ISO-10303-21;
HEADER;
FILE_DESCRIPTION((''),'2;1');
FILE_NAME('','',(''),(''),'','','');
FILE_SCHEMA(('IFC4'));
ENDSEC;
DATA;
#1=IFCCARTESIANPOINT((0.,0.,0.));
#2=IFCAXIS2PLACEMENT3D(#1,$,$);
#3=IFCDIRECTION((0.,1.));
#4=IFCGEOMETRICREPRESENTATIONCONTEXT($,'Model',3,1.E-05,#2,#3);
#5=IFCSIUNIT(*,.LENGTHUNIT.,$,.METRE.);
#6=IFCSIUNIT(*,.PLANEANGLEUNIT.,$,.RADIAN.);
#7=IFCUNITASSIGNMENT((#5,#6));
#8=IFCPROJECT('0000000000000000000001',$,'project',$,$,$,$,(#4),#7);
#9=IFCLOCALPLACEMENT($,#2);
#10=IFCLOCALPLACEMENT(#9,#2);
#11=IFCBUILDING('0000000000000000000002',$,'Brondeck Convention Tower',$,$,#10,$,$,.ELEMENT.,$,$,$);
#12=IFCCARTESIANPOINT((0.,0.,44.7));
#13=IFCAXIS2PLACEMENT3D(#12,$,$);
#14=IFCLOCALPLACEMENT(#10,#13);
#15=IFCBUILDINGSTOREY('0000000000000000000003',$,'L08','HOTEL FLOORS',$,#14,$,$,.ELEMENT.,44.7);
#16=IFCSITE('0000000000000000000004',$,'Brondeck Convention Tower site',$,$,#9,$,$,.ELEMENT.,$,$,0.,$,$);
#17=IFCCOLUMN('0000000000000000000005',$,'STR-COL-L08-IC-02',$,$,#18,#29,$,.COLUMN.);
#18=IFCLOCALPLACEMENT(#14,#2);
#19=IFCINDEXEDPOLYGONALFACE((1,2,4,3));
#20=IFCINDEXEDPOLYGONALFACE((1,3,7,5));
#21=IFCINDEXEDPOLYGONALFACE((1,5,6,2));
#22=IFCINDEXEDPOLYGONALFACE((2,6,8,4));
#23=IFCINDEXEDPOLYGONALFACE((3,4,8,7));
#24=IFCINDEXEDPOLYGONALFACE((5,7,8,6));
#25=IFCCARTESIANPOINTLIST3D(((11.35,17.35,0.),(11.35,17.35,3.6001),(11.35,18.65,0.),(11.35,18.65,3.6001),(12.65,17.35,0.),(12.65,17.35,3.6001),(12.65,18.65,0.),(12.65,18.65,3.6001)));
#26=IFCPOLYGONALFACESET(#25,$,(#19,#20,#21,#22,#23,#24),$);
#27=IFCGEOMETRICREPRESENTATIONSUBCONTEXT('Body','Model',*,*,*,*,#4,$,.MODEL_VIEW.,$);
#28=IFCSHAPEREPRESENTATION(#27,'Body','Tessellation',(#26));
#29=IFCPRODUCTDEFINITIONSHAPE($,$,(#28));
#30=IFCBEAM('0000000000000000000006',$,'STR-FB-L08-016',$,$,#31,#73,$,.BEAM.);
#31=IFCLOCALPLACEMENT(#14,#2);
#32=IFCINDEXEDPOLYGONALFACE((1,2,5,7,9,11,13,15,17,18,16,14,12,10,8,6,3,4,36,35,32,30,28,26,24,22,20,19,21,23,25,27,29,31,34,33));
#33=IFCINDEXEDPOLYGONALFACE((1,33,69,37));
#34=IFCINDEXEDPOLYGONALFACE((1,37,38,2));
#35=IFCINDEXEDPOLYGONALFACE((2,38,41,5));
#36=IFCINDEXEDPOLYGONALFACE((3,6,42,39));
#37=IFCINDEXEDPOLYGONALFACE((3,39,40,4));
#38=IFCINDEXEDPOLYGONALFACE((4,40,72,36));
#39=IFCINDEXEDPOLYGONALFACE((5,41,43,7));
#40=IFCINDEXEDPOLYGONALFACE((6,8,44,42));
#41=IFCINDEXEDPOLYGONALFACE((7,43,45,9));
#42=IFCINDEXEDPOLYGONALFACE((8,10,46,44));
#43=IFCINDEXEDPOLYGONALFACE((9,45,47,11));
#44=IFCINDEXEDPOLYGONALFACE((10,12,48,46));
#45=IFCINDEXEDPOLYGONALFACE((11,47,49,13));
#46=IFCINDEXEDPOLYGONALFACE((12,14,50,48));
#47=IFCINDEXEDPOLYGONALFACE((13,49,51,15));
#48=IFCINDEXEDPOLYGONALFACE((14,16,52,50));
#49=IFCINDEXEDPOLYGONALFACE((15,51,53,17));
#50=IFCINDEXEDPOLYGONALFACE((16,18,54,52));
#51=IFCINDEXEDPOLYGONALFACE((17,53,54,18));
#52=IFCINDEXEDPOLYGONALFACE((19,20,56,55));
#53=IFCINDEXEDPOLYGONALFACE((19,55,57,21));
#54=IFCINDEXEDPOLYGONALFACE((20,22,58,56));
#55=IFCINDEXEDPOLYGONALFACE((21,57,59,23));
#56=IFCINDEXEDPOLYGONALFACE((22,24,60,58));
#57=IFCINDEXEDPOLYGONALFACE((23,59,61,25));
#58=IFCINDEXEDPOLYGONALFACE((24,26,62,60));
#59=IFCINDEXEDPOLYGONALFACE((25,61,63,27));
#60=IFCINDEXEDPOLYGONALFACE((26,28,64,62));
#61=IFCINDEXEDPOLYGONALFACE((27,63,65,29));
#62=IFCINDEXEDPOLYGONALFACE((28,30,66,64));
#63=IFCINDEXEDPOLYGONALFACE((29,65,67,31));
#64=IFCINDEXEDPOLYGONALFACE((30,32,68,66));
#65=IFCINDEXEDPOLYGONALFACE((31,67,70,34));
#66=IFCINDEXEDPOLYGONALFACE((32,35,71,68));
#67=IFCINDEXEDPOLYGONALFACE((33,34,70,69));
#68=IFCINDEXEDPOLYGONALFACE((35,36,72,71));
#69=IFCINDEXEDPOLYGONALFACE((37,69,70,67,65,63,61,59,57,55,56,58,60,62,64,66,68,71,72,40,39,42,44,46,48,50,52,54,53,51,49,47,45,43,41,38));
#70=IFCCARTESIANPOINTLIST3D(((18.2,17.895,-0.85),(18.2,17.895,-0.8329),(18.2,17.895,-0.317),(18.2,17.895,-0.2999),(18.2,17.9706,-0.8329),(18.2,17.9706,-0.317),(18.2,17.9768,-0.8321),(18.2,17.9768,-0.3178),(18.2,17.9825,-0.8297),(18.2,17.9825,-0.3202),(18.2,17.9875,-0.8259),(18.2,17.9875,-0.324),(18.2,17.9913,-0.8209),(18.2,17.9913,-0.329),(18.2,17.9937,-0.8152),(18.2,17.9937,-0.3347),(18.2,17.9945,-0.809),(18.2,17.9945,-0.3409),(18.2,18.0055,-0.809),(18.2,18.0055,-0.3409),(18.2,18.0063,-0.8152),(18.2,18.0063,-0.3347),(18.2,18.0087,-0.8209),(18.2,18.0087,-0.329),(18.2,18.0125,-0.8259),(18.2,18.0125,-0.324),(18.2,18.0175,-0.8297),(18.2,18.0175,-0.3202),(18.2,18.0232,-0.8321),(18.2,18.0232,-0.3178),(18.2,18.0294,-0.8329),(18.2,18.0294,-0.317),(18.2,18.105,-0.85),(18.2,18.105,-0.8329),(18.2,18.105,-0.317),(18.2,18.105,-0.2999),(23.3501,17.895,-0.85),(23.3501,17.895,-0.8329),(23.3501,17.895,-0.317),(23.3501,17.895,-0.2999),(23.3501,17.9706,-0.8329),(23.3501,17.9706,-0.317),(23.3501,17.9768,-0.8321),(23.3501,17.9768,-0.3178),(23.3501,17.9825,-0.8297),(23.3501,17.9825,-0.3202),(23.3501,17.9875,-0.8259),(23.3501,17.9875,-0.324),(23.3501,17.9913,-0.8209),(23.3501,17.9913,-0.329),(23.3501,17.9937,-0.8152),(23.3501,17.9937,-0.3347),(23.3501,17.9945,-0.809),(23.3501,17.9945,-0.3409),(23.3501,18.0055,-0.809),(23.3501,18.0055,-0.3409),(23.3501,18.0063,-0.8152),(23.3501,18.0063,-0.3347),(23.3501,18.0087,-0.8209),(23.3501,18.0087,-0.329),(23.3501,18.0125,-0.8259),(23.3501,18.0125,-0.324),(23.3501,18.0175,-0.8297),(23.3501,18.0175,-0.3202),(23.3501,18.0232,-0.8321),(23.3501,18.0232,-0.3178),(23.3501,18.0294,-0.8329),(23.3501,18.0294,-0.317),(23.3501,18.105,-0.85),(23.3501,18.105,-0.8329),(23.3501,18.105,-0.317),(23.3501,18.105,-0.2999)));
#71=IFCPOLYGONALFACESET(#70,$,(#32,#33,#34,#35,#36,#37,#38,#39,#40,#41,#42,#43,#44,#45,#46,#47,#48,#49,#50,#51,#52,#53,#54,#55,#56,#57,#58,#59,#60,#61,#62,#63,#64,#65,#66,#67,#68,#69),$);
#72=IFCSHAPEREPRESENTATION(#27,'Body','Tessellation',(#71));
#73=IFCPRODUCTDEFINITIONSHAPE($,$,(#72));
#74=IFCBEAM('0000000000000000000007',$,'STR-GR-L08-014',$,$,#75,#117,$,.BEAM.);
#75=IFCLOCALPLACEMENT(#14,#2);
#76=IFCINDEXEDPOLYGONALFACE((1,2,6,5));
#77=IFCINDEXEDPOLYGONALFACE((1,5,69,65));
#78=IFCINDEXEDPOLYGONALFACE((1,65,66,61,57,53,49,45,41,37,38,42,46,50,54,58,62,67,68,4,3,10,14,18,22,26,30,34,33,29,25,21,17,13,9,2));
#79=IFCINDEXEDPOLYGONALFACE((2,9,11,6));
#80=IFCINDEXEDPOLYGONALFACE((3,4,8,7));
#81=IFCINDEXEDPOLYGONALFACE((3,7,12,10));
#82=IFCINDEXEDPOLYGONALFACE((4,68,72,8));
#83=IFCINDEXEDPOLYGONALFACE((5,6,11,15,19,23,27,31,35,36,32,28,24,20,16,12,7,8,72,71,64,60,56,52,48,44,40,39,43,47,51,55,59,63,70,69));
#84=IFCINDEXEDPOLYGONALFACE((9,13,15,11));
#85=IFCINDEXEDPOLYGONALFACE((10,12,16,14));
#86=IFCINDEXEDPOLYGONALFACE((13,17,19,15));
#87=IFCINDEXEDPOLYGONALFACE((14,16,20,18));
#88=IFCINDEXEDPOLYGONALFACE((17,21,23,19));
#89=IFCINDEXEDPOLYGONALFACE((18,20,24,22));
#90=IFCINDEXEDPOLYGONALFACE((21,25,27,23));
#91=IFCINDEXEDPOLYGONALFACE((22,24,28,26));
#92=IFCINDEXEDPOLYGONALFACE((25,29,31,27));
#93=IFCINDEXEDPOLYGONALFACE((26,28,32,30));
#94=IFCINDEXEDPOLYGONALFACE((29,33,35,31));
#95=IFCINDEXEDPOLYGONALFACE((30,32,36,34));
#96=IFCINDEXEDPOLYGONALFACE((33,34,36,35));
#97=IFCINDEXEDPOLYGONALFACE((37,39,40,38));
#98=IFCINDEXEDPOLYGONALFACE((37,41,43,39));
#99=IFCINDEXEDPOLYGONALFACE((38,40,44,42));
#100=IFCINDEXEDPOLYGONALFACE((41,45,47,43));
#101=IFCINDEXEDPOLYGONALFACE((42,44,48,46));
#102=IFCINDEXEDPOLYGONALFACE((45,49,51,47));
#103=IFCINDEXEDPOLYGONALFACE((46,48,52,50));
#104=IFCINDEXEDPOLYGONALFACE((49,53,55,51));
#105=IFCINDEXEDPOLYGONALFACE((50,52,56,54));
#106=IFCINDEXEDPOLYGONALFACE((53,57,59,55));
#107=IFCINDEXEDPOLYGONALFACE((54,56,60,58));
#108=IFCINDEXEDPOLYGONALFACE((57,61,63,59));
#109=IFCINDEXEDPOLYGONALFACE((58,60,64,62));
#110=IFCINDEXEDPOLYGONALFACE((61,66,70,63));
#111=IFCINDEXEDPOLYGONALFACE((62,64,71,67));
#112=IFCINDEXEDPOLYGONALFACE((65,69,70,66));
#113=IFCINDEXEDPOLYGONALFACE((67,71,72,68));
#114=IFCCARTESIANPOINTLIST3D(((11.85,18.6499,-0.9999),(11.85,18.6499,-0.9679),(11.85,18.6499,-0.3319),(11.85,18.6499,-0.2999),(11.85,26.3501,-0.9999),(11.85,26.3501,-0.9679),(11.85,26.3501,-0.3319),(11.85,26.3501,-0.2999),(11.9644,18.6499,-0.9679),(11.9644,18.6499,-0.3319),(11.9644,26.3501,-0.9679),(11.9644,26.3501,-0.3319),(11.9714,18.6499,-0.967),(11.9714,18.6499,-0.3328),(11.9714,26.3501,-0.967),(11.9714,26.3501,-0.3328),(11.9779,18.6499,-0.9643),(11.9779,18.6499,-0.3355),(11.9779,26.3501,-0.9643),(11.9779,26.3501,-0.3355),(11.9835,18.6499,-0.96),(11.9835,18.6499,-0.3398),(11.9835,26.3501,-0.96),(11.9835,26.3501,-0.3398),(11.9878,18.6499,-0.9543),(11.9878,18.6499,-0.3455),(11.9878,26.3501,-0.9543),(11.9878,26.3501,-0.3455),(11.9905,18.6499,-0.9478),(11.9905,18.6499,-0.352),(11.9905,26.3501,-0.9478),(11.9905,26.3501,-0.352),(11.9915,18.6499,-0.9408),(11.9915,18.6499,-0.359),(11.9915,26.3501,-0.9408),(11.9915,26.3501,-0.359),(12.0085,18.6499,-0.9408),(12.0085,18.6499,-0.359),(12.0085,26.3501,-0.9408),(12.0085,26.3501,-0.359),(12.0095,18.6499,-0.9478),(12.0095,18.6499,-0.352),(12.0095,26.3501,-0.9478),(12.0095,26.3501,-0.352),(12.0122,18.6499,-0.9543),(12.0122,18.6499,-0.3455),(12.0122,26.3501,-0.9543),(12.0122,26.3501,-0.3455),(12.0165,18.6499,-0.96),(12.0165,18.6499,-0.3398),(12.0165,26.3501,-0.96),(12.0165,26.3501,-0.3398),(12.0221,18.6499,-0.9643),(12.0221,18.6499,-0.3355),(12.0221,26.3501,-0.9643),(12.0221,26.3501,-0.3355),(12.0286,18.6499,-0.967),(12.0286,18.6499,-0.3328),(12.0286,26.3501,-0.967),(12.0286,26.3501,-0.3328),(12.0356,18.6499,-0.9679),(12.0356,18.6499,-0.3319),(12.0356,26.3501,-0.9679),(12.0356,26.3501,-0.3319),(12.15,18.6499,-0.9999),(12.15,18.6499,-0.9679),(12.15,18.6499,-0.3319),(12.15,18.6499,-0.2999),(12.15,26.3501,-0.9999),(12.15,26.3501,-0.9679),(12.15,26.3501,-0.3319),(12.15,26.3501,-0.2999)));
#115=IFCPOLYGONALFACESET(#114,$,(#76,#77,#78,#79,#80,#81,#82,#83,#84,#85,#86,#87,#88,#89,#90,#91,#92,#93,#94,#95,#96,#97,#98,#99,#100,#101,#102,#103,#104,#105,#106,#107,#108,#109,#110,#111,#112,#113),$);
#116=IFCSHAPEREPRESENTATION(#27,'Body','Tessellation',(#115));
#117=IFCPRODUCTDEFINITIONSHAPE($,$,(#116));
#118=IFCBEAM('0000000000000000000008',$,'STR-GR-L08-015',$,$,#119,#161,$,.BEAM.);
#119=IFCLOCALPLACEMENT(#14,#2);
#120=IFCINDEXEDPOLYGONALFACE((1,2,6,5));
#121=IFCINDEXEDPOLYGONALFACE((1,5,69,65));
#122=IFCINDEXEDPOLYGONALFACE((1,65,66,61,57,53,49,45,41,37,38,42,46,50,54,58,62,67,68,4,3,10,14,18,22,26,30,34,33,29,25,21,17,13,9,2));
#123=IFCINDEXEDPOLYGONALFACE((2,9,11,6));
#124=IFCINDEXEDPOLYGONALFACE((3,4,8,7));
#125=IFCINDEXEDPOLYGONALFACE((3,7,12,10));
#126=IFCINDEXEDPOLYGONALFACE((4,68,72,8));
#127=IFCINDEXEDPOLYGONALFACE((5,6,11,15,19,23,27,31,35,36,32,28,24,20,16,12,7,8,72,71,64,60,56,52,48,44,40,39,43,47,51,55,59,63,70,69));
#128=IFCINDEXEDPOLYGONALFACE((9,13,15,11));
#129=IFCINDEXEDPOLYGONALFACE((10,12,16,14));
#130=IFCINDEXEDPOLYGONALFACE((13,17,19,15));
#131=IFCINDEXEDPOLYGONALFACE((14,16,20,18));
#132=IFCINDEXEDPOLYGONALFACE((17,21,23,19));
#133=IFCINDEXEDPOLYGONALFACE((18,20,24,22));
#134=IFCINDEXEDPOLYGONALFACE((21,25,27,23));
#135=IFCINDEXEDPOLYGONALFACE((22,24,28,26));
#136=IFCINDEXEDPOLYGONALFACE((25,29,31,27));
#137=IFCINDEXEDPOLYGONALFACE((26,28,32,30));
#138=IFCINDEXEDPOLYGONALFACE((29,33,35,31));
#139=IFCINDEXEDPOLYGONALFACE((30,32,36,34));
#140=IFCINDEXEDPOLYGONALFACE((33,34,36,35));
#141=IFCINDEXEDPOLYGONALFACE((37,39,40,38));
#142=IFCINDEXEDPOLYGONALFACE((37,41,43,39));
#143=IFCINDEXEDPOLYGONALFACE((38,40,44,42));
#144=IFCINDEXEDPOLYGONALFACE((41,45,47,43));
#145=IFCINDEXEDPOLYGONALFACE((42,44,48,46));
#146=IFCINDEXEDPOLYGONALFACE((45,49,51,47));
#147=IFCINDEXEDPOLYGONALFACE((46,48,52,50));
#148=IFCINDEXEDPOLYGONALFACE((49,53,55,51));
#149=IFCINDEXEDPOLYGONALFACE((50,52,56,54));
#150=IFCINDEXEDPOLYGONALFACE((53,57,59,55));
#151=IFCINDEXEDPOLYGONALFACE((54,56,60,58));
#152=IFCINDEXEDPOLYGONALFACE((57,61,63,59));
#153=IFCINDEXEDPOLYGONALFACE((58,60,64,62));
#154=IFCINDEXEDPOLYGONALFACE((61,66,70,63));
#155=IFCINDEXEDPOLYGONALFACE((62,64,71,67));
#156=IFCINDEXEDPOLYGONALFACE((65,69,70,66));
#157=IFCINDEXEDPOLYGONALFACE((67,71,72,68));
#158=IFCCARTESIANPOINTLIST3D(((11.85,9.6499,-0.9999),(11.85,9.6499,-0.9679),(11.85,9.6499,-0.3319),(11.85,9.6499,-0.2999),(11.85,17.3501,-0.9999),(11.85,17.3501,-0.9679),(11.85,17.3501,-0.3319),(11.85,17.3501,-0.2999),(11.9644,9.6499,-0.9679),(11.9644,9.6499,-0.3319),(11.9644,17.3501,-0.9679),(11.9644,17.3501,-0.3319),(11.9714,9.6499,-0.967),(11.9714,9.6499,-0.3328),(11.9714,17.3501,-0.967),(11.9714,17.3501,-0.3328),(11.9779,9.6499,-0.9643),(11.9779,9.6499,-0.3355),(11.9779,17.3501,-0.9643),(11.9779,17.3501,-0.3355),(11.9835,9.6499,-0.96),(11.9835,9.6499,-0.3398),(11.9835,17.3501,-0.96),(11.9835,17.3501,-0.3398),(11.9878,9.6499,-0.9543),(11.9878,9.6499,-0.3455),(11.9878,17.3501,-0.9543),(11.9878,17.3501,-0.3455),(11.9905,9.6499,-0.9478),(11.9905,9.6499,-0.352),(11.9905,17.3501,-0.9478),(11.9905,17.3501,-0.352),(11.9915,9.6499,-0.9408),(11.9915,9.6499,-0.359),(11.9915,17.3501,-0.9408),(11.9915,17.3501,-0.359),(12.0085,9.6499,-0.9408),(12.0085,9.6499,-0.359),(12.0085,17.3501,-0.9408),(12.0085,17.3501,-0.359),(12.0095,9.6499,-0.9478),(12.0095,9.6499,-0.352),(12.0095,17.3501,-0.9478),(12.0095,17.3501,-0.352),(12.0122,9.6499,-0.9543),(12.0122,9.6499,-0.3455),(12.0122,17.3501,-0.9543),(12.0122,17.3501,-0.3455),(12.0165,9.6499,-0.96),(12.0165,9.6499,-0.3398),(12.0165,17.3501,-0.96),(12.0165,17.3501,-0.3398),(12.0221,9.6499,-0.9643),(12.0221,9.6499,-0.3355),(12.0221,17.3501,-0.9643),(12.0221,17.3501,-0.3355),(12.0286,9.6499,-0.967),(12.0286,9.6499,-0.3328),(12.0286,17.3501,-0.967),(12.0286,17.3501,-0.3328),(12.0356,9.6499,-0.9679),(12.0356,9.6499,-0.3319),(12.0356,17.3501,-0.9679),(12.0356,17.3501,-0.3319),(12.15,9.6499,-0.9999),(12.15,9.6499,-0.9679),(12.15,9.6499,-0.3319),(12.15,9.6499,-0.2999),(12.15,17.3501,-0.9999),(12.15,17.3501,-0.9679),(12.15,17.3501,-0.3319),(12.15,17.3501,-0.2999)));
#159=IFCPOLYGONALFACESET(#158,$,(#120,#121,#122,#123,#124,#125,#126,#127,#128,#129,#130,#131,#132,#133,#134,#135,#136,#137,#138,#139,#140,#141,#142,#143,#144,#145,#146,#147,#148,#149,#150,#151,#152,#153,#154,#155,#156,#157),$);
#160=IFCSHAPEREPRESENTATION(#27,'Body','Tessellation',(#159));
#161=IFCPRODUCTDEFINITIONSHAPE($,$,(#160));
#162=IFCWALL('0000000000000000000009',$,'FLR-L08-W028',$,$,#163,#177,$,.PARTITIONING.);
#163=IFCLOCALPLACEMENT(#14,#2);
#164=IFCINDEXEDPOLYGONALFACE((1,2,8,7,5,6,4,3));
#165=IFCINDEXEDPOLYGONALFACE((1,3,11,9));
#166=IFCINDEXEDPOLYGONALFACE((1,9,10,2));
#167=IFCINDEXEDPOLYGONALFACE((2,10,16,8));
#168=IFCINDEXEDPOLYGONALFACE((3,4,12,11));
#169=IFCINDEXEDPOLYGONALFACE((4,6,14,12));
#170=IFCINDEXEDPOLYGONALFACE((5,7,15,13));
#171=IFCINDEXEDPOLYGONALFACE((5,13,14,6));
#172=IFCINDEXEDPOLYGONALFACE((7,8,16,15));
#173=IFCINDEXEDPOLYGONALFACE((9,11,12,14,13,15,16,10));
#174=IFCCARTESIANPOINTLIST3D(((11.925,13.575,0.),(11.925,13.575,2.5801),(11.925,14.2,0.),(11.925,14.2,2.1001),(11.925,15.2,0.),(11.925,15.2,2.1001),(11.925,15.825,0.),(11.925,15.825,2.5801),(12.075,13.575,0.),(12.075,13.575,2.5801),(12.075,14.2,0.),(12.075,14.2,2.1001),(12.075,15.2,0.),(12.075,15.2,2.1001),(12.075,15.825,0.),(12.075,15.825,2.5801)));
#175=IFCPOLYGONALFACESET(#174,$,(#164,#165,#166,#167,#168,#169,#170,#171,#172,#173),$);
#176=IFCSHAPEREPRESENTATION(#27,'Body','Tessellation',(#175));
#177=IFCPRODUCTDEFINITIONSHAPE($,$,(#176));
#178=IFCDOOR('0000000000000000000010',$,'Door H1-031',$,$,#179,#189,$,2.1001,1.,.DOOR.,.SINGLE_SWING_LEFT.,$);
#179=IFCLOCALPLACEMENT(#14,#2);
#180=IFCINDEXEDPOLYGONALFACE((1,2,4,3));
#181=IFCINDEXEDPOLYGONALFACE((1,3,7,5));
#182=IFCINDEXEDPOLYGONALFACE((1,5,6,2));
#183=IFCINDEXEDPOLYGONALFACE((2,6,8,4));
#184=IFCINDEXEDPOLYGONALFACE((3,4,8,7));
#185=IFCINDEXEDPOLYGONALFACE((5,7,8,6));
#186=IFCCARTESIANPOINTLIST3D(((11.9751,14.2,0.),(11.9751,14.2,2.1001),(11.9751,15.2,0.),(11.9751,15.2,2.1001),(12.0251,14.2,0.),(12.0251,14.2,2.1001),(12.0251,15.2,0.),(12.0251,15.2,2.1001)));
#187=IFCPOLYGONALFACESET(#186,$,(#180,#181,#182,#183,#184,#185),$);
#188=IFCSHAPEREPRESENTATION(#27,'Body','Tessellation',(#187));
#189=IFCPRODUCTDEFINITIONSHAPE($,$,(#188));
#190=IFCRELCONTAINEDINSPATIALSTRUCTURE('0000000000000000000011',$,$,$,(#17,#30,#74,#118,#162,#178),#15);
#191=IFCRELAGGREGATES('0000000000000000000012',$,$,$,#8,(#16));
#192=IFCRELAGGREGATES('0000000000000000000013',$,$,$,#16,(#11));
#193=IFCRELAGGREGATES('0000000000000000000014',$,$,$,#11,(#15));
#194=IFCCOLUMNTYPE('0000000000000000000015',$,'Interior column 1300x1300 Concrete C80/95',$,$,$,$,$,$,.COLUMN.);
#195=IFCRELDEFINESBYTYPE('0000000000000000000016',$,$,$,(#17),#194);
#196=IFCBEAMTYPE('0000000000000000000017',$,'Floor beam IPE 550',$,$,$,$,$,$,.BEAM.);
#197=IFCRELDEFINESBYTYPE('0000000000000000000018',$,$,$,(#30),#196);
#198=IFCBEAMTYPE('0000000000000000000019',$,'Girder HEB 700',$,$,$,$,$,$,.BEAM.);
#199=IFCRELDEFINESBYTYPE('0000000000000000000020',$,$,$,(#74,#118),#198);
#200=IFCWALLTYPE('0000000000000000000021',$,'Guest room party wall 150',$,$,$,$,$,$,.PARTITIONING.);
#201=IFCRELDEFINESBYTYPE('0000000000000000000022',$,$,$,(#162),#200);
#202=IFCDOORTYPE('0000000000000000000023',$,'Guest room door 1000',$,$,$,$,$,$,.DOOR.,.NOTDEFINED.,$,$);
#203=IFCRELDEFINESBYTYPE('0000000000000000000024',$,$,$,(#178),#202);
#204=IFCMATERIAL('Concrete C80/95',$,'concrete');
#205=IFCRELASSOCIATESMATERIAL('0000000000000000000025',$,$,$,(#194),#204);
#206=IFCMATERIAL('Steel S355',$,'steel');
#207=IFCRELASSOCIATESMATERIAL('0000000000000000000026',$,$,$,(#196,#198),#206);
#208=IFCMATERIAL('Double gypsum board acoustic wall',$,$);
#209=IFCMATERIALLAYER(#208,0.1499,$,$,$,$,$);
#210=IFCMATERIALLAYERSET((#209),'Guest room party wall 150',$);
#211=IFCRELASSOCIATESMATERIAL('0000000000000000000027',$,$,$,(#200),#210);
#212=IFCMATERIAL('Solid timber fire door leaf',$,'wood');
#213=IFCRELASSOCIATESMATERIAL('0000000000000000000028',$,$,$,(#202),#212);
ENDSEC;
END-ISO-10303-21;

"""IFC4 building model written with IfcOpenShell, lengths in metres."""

from ifc_helpers import new_model, si_unit, direction, frame, frame_2d, origin, origin_2d, place, context, subcontext, project, spatial, rectangle, i_section, extrude, material, layer, layer_set, material_profile, profile_set, type_object, element, fill, save


model = new_model("IFC4")

# Units and contexts
model_context = context("Model", 3, precision=1e-05, world=origin(), true_north=direction((0.0, 1.0)))
body_context = subcontext(model_context, "Body", "Model", "MODEL_VIEW")
ifc_project = project(units=[si_unit("LENGTHUNIT", "METRE"), si_unit("PLANEANGLEUNIT", "RADIAN")], contexts=[model_context])

# Site, building, storey
site_placement = place(None, origin())
site = spatial("IfcSite", under=ifc_project, at=site_placement, Name="Brondeck Convention Tower site", CompositionType="ELEMENT", RefElevation=0.0)
building_placement = place(site_placement, origin())
building = spatial("IfcBuilding", under=site, at=building_placement, Name="Brondeck Convention Tower", CompositionType="ELEMENT")
storey_placement = place(building_placement, frame((0.0, 0.0, 44.7)))
storey = spatial("IfcBuildingStorey", under=building, at=storey_placement, Name="L08", Description="HOTEL FLOORS", CompositionType="ELEMENT", Elevation=44.7)

# Column
ifc_material_1 = material(Name="Concrete C80/95", Category="concrete")
ifc_material_profile_1 = material_profile(ifc_material_1, rectangle(XDim=1.3, YDim=1.3, at=origin_2d()), Name="Interior column 1300x1300 Concrete C80/95")
ifc_profile_set_1 = profile_set([ifc_material_profile_1], Name="Concrete C80/95")
column_type = type_object("IfcColumnType", Name="Interior column 1300x1300 Concrete C80/95", PredefinedType="COLUMN", material=ifc_profile_set_1)
column_placement = place(storey_placement, frame((12.0, 18.0, 0.0), z_axis=(0.0, 0.0, 1.0), x_axis=(1.0, 0.0, 0.0)))
element("IfcColumn", 1, at=column_placement, inside=storey, type_object=column_type, Name="STR-COL-L08-IC-02", PredefinedType="COLUMN", context=body_context, shape_type="SweptSolid", body=[
    extrude(rectangle(XDim=1.3, YDim=1.3, at=origin_2d()), origin(), (0.0, 0.0, 1.0), 3.6001),
])

# Beams
ifc_material_2 = material(Name="Steel S355", Category="steel")
ifc_material_profile_2 = material_profile(ifc_material_2, i_section(OverallWidth=0.21, OverallDepth=0.55, WebThickness=0.011, FlangeThickness=0.0171, FilletRadius=0.0239, at=origin_2d()), Name="IPE 550")
ifc_profile_set_2 = profile_set([ifc_material_profile_2], Name="Steel S355")
beam_type_1 = type_object("IfcBeamType", Name="Floor beam IPE 550", PredefinedType="BEAM", material=ifc_profile_set_2)
beam_placement = place(storey_placement, frame((18.2, 18.0, -0.575), z_axis=(1.0, 0.0, 0.0), x_axis=(0.0, 1.0, 0.0)))
element("IfcBeam", 2, at=beam_placement, inside=storey, type_object=beam_type_1, Name="STR-FB-L08-016", PredefinedType="BEAM", context=body_context, shape_type="SweptSolid", body=[
    extrude(i_section(OverallWidth=0.21, OverallDepth=0.55, WebThickness=0.011, FlangeThickness=0.0171, FilletRadius=0.0239, at=origin_2d()), origin(), (0.0, 0.0, 1.0), 5.1501),
])
ifc_material_profile_3 = material_profile(ifc_material_2, i_section(OverallWidth=0.3, OverallDepth=0.7, WebThickness=0.0171, FlangeThickness=0.032, FilletRadius=0.0271, at=origin_2d()), Name="HEB 700")
ifc_profile_set_3 = profile_set([ifc_material_profile_3], Name="Steel S355")
beam_type_2 = type_object("IfcBeamType", Name="Girder HEB 700", PredefinedType="BEAM", material=ifc_profile_set_3)
for number, where, z_axis, x_axis, name in (
    (3, (12.0, 26.3501, -0.6499), (0.0, -1.0, 0.0), (1.0, 0.0, 0.0), "STR-GR-L08-014"),
    (4, (12.0, 17.3501, -0.6499), (0.0, -1.0, 0.0), (1.0, 0.0, 0.0), "STR-GR-L08-015"),
):
    element("IfcBeam", number, at=place(storey_placement, frame(where, z_axis=z_axis, x_axis=x_axis)), inside=storey, type_object=beam_type_2, Name=name, PredefinedType="BEAM", context=body_context, shape_type="SweptSolid", body=[
        extrude(i_section(OverallWidth=0.3, OverallDepth=0.7, WebThickness=0.0171, FlangeThickness=0.032, FilletRadius=0.0271, at=origin_2d()), origin(), (0.0, 0.0, 1.0), 7.7002),
    ])

# Wall, opening, door
ifc_material_3 = material(Name="Double gypsum board acoustic wall")
ifc_layer_1 = layer(ifc_material_3, 0.1499)
ifc_layer_set_1 = layer_set([ifc_layer_1], Name="Guest room party wall 150")
wall_type_1 = type_object("IfcWallType", Name="Guest room party wall 150", PredefinedType="PARTITIONING", material=ifc_layer_set_1)
wall_1_placement = place(storey_placement, frame((12.0, 13.575, 0.0), z_axis=(0.0, 0.0, 1.0), x_axis=(0.0, 1.0, 0.0)))
wall_1 = element("IfcWall", 5, at=wall_1_placement, inside=storey, type_object=wall_type_1, Name="FLR-L08-W028", PredefinedType="PARTITIONING", context=body_context, shape_type="SweptSolid", body=[
    extrude(rectangle(XDim=2.25, YDim=0.1499, at=frame_2d((1.125, 0.0))), origin(), (0.0, 0.0, 1.0), 2.5801),
])
opening_1_placement = place(wall_1_placement, frame((0.625, 0.0, 0.0)))
opening_1 = element("IfcOpeningElement", 6, at=opening_1_placement, cuts=wall_1, PredefinedType="OPENING", context=body_context, shape_type="SweptSolid", body=[
    extrude(rectangle(XDim=1.0, YDim=2.1001, at=frame_2d((0.5, 1.05))), frame((0.0, 0.085, 0.0), z_axis=(0.0, -1.0, 0.0), x_axis=(1.0, 0.0, 0.0)), (0.0, 0.0, 1.0), 0.1699),
])
ifc_material_4 = material(Name="Solid timber fire door leaf", Category="wood")
door_type_1 = type_object("IfcDoorType", Name="Guest room door 1000", OperationType="NOTDEFINED", PredefinedType="DOOR", material=ifc_material_4)
door_1_placement = place(opening_1_placement, origin())
door_1 = element("IfcDoor", 7, at=door_1_placement, inside=storey, type_object=door_type_1, Name="Door H1-031", OperationType="SINGLE_SWING_LEFT", OverallHeight=2.1001, OverallWidth=1.0, PredefinedType="DOOR", context=body_context, shape_type="SweptSolid", body=[
    extrude(rectangle(XDim=1.0, YDim=2.1001, at=frame_2d((0.5, 1.05))), frame((0.0, 0.0249, 0.0), z_axis=(0.0, -1.0, 0.0), x_axis=(1.0, 0.0, 0.0)), (0.0, 0.0, 1.0), 0.05),
])
fill(opening_1, door_1)

save(model, "model.ifc")
